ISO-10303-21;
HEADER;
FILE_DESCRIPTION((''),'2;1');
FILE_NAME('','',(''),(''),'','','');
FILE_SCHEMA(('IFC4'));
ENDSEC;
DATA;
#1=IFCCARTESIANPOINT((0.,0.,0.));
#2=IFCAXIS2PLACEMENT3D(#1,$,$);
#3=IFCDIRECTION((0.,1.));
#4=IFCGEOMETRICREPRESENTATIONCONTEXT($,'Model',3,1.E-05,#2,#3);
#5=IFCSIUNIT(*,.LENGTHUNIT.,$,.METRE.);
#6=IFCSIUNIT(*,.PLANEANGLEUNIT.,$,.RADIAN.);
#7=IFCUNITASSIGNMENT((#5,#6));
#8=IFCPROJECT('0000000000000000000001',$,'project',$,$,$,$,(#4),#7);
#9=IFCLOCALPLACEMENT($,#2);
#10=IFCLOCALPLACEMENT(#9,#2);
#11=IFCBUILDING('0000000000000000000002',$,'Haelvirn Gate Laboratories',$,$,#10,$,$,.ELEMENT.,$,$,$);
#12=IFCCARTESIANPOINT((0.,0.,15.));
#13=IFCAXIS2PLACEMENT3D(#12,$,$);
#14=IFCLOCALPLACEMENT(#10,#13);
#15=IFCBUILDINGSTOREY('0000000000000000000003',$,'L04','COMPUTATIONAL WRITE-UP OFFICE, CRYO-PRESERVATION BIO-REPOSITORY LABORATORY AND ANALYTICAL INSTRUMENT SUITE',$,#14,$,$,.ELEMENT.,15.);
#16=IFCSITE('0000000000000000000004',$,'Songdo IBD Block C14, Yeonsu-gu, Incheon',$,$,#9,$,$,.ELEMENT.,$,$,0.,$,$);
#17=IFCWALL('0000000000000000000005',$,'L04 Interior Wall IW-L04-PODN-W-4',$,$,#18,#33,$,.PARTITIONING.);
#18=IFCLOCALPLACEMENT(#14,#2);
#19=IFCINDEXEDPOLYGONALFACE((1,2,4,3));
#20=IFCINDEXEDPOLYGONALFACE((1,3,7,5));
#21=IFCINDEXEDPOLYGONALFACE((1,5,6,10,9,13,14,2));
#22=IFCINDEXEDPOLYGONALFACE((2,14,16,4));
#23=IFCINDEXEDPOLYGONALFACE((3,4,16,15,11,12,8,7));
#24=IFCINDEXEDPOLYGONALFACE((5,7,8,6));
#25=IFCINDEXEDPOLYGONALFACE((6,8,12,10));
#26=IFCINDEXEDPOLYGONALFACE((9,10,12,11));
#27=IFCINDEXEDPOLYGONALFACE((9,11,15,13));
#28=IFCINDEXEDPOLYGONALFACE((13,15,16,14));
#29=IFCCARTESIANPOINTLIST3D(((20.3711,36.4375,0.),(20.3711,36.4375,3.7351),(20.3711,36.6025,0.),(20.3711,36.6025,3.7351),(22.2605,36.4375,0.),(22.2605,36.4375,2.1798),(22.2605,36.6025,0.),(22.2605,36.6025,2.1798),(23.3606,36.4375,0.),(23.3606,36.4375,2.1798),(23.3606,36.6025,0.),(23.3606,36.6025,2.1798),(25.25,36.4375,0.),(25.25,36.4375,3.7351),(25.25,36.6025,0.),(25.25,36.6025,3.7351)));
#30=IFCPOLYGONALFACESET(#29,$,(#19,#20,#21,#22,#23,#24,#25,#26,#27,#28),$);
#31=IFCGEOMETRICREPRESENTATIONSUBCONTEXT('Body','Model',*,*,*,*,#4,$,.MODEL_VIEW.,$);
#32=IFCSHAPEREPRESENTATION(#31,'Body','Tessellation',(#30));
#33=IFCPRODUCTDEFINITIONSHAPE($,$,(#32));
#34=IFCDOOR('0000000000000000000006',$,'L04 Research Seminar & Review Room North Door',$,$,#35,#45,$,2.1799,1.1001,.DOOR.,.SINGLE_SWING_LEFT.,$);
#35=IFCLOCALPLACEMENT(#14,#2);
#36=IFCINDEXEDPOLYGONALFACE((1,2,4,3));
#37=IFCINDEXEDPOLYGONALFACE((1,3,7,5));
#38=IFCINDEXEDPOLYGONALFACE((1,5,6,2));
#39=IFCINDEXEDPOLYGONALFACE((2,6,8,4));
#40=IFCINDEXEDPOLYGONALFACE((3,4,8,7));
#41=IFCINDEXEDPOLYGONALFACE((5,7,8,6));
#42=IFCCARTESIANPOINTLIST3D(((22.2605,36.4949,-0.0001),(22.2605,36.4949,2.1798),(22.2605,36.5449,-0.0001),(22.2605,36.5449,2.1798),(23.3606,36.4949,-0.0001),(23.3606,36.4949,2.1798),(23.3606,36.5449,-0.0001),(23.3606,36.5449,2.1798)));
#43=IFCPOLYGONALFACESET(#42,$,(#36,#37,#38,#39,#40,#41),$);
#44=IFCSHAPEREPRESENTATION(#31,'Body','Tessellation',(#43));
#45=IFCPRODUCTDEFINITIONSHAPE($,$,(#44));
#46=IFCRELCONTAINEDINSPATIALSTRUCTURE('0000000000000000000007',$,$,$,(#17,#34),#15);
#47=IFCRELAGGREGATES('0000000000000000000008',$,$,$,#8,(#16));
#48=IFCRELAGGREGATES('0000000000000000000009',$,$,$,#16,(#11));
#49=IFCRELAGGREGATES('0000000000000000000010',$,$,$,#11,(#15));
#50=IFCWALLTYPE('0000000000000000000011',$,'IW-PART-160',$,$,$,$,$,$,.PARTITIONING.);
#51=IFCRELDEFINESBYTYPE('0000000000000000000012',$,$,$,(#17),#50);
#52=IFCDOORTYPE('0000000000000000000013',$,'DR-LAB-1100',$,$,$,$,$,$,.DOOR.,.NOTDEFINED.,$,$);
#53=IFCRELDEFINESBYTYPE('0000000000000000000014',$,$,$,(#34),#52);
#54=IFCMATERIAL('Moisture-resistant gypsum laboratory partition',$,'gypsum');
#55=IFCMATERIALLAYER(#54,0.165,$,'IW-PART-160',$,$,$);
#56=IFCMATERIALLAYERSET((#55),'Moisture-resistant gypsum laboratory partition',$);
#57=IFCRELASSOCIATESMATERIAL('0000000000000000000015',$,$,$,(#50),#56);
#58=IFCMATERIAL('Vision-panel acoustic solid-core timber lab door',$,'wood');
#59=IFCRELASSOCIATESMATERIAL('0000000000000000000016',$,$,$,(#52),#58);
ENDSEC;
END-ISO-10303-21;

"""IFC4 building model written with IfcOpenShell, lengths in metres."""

from ifc_helpers import new_model, si_unit, direction, frame, frame_2d, origin, place, context, subcontext, project, spatial, rectangle, extrude, source, transform, mapped, material, layer, layer_set, type_object, type_shapes, element, fill, save


model = new_model("IFC4")

# Units and contexts
model_context = context("Model", 3, precision=1e-05, world=origin(), true_north=direction((0.0, 1.0)))
body_context = subcontext(model_context, "Body", "Model", "MODEL_VIEW")
ifc_project = project(units=[si_unit("LENGTHUNIT", "METRE"), si_unit("PLANEANGLEUNIT", "RADIAN")], contexts=[model_context])

# Site, building, storey
site_placement = place(None, origin())
site = spatial("IfcSite", under=ifc_project, at=site_placement, Name="Songdo IBD Block C14, Yeonsu-gu, Incheon", CompositionType="ELEMENT", RefElevation=0.0)
building_placement = place(site_placement, origin())
building = spatial("IfcBuilding", under=site, at=building_placement, Name="Haelvirn Gate Laboratories", CompositionType="ELEMENT")
storey_placement = place(building_placement, frame((0.0, 0.0, 15.0)))
storey = spatial("IfcBuildingStorey", under=building, at=storey_placement, Name="L04", Description="COMPUTATIONAL WRITE-UP OFFICE, CRYO-PRESERVATION BIO-REPOSITORY LABORATORY AND ANALYTICAL INSTRUMENT SUITE", CompositionType="ELEMENT", Elevation=15.0)

# Shared definitions
ifc_material_1 = material(Name="Moisture-resistant gypsum laboratory partition", Category="gypsum")
ifc_layer_1 = layer(ifc_material_1, 0.165, Name="IW-PART-160")
ifc_layer_set_1 = layer_set([ifc_layer_1], Name="Moisture-resistant gypsum laboratory partition")
wall_type = type_object("IfcWallType", Name="IW-PART-160", PredefinedType="PARTITIONING", material=ifc_layer_set_1)

# Wall, opening, door
wall_1_placement = place(storey_placement, frame((20.3711, 36.52, 0.0), z_axis=(0.0, 0.0, 1.0), x_axis=(1.0, 0.0, 0.0)))
wall_1 = element("IfcWall", 1, at=wall_1_placement, inside=storey, type_object=wall_type, Name="L04 Interior Wall IW-L04-PODN-W-4", PredefinedType="PARTITIONING", context=body_context, shape_type="SweptSolid", body=[
    extrude(rectangle(XDim=4.8789, YDim=0.165, at=frame_2d((2.4395, 0.0))), origin(), (0.0, 0.0, 1.0), 3.7351),
])
opening_placement = place(wall_1_placement, frame((1.8894, 0.0, 0.0)))
opening = element("IfcOpeningElement", 2, at=opening_placement, cuts=wall_1, PredefinedType="OPENING", context=body_context, shape_type="SweptSolid", body=[
    extrude(rectangle(XDim=1.1001, YDim=2.1799, at=frame_2d((0.55, 1.0898))), frame((0.0, 0.0925, 0.0), z_axis=(0.0, -1.0, 0.0), x_axis=(1.0, 0.0, 0.0)), (0.0, 0.0, 1.0), 0.1851),
])
ifc_material_2 = material(Name="Vision-panel acoustic solid-core timber lab door", Category="wood")
door_type = type_object("IfcDoorType", Name="DR-LAB-1100", OperationType="NOTDEFINED", PredefinedType="DOOR", material=ifc_material_2)
shared_shape_1 = source(origin(), body_context, "Body", "SweptSolid", [
    extrude(rectangle(XDim=1.1001, YDim=2.1799, at=frame_2d((0.55, 1.0898))), frame((0.0, 0.0249, 0.0), z_axis=(0.0, -1.0, 0.0), x_axis=(1.0, 0.0, 0.0)), (0.0, 0.0, 1.0), 0.05),
])
type_shapes(door_type, [shared_shape_1])
door_placement = place(opening_placement, origin())
door = element("IfcDoor", 3, at=door_placement, inside=storey, type_object=door_type, Name="L04 Research Seminar & Review Room North Door", OperationType="SINGLE_SWING_LEFT", OverallHeight=2.1799, OverallWidth=1.1001, PredefinedType="DOOR", context=body_context, shape_type="MappedRepresentation", body=[
    mapped(shared_shape_1, transform((0.0, 0.0, 0.0), scale=1.0)),
])
fill(opening, door)

save(model, "model.ifc")
